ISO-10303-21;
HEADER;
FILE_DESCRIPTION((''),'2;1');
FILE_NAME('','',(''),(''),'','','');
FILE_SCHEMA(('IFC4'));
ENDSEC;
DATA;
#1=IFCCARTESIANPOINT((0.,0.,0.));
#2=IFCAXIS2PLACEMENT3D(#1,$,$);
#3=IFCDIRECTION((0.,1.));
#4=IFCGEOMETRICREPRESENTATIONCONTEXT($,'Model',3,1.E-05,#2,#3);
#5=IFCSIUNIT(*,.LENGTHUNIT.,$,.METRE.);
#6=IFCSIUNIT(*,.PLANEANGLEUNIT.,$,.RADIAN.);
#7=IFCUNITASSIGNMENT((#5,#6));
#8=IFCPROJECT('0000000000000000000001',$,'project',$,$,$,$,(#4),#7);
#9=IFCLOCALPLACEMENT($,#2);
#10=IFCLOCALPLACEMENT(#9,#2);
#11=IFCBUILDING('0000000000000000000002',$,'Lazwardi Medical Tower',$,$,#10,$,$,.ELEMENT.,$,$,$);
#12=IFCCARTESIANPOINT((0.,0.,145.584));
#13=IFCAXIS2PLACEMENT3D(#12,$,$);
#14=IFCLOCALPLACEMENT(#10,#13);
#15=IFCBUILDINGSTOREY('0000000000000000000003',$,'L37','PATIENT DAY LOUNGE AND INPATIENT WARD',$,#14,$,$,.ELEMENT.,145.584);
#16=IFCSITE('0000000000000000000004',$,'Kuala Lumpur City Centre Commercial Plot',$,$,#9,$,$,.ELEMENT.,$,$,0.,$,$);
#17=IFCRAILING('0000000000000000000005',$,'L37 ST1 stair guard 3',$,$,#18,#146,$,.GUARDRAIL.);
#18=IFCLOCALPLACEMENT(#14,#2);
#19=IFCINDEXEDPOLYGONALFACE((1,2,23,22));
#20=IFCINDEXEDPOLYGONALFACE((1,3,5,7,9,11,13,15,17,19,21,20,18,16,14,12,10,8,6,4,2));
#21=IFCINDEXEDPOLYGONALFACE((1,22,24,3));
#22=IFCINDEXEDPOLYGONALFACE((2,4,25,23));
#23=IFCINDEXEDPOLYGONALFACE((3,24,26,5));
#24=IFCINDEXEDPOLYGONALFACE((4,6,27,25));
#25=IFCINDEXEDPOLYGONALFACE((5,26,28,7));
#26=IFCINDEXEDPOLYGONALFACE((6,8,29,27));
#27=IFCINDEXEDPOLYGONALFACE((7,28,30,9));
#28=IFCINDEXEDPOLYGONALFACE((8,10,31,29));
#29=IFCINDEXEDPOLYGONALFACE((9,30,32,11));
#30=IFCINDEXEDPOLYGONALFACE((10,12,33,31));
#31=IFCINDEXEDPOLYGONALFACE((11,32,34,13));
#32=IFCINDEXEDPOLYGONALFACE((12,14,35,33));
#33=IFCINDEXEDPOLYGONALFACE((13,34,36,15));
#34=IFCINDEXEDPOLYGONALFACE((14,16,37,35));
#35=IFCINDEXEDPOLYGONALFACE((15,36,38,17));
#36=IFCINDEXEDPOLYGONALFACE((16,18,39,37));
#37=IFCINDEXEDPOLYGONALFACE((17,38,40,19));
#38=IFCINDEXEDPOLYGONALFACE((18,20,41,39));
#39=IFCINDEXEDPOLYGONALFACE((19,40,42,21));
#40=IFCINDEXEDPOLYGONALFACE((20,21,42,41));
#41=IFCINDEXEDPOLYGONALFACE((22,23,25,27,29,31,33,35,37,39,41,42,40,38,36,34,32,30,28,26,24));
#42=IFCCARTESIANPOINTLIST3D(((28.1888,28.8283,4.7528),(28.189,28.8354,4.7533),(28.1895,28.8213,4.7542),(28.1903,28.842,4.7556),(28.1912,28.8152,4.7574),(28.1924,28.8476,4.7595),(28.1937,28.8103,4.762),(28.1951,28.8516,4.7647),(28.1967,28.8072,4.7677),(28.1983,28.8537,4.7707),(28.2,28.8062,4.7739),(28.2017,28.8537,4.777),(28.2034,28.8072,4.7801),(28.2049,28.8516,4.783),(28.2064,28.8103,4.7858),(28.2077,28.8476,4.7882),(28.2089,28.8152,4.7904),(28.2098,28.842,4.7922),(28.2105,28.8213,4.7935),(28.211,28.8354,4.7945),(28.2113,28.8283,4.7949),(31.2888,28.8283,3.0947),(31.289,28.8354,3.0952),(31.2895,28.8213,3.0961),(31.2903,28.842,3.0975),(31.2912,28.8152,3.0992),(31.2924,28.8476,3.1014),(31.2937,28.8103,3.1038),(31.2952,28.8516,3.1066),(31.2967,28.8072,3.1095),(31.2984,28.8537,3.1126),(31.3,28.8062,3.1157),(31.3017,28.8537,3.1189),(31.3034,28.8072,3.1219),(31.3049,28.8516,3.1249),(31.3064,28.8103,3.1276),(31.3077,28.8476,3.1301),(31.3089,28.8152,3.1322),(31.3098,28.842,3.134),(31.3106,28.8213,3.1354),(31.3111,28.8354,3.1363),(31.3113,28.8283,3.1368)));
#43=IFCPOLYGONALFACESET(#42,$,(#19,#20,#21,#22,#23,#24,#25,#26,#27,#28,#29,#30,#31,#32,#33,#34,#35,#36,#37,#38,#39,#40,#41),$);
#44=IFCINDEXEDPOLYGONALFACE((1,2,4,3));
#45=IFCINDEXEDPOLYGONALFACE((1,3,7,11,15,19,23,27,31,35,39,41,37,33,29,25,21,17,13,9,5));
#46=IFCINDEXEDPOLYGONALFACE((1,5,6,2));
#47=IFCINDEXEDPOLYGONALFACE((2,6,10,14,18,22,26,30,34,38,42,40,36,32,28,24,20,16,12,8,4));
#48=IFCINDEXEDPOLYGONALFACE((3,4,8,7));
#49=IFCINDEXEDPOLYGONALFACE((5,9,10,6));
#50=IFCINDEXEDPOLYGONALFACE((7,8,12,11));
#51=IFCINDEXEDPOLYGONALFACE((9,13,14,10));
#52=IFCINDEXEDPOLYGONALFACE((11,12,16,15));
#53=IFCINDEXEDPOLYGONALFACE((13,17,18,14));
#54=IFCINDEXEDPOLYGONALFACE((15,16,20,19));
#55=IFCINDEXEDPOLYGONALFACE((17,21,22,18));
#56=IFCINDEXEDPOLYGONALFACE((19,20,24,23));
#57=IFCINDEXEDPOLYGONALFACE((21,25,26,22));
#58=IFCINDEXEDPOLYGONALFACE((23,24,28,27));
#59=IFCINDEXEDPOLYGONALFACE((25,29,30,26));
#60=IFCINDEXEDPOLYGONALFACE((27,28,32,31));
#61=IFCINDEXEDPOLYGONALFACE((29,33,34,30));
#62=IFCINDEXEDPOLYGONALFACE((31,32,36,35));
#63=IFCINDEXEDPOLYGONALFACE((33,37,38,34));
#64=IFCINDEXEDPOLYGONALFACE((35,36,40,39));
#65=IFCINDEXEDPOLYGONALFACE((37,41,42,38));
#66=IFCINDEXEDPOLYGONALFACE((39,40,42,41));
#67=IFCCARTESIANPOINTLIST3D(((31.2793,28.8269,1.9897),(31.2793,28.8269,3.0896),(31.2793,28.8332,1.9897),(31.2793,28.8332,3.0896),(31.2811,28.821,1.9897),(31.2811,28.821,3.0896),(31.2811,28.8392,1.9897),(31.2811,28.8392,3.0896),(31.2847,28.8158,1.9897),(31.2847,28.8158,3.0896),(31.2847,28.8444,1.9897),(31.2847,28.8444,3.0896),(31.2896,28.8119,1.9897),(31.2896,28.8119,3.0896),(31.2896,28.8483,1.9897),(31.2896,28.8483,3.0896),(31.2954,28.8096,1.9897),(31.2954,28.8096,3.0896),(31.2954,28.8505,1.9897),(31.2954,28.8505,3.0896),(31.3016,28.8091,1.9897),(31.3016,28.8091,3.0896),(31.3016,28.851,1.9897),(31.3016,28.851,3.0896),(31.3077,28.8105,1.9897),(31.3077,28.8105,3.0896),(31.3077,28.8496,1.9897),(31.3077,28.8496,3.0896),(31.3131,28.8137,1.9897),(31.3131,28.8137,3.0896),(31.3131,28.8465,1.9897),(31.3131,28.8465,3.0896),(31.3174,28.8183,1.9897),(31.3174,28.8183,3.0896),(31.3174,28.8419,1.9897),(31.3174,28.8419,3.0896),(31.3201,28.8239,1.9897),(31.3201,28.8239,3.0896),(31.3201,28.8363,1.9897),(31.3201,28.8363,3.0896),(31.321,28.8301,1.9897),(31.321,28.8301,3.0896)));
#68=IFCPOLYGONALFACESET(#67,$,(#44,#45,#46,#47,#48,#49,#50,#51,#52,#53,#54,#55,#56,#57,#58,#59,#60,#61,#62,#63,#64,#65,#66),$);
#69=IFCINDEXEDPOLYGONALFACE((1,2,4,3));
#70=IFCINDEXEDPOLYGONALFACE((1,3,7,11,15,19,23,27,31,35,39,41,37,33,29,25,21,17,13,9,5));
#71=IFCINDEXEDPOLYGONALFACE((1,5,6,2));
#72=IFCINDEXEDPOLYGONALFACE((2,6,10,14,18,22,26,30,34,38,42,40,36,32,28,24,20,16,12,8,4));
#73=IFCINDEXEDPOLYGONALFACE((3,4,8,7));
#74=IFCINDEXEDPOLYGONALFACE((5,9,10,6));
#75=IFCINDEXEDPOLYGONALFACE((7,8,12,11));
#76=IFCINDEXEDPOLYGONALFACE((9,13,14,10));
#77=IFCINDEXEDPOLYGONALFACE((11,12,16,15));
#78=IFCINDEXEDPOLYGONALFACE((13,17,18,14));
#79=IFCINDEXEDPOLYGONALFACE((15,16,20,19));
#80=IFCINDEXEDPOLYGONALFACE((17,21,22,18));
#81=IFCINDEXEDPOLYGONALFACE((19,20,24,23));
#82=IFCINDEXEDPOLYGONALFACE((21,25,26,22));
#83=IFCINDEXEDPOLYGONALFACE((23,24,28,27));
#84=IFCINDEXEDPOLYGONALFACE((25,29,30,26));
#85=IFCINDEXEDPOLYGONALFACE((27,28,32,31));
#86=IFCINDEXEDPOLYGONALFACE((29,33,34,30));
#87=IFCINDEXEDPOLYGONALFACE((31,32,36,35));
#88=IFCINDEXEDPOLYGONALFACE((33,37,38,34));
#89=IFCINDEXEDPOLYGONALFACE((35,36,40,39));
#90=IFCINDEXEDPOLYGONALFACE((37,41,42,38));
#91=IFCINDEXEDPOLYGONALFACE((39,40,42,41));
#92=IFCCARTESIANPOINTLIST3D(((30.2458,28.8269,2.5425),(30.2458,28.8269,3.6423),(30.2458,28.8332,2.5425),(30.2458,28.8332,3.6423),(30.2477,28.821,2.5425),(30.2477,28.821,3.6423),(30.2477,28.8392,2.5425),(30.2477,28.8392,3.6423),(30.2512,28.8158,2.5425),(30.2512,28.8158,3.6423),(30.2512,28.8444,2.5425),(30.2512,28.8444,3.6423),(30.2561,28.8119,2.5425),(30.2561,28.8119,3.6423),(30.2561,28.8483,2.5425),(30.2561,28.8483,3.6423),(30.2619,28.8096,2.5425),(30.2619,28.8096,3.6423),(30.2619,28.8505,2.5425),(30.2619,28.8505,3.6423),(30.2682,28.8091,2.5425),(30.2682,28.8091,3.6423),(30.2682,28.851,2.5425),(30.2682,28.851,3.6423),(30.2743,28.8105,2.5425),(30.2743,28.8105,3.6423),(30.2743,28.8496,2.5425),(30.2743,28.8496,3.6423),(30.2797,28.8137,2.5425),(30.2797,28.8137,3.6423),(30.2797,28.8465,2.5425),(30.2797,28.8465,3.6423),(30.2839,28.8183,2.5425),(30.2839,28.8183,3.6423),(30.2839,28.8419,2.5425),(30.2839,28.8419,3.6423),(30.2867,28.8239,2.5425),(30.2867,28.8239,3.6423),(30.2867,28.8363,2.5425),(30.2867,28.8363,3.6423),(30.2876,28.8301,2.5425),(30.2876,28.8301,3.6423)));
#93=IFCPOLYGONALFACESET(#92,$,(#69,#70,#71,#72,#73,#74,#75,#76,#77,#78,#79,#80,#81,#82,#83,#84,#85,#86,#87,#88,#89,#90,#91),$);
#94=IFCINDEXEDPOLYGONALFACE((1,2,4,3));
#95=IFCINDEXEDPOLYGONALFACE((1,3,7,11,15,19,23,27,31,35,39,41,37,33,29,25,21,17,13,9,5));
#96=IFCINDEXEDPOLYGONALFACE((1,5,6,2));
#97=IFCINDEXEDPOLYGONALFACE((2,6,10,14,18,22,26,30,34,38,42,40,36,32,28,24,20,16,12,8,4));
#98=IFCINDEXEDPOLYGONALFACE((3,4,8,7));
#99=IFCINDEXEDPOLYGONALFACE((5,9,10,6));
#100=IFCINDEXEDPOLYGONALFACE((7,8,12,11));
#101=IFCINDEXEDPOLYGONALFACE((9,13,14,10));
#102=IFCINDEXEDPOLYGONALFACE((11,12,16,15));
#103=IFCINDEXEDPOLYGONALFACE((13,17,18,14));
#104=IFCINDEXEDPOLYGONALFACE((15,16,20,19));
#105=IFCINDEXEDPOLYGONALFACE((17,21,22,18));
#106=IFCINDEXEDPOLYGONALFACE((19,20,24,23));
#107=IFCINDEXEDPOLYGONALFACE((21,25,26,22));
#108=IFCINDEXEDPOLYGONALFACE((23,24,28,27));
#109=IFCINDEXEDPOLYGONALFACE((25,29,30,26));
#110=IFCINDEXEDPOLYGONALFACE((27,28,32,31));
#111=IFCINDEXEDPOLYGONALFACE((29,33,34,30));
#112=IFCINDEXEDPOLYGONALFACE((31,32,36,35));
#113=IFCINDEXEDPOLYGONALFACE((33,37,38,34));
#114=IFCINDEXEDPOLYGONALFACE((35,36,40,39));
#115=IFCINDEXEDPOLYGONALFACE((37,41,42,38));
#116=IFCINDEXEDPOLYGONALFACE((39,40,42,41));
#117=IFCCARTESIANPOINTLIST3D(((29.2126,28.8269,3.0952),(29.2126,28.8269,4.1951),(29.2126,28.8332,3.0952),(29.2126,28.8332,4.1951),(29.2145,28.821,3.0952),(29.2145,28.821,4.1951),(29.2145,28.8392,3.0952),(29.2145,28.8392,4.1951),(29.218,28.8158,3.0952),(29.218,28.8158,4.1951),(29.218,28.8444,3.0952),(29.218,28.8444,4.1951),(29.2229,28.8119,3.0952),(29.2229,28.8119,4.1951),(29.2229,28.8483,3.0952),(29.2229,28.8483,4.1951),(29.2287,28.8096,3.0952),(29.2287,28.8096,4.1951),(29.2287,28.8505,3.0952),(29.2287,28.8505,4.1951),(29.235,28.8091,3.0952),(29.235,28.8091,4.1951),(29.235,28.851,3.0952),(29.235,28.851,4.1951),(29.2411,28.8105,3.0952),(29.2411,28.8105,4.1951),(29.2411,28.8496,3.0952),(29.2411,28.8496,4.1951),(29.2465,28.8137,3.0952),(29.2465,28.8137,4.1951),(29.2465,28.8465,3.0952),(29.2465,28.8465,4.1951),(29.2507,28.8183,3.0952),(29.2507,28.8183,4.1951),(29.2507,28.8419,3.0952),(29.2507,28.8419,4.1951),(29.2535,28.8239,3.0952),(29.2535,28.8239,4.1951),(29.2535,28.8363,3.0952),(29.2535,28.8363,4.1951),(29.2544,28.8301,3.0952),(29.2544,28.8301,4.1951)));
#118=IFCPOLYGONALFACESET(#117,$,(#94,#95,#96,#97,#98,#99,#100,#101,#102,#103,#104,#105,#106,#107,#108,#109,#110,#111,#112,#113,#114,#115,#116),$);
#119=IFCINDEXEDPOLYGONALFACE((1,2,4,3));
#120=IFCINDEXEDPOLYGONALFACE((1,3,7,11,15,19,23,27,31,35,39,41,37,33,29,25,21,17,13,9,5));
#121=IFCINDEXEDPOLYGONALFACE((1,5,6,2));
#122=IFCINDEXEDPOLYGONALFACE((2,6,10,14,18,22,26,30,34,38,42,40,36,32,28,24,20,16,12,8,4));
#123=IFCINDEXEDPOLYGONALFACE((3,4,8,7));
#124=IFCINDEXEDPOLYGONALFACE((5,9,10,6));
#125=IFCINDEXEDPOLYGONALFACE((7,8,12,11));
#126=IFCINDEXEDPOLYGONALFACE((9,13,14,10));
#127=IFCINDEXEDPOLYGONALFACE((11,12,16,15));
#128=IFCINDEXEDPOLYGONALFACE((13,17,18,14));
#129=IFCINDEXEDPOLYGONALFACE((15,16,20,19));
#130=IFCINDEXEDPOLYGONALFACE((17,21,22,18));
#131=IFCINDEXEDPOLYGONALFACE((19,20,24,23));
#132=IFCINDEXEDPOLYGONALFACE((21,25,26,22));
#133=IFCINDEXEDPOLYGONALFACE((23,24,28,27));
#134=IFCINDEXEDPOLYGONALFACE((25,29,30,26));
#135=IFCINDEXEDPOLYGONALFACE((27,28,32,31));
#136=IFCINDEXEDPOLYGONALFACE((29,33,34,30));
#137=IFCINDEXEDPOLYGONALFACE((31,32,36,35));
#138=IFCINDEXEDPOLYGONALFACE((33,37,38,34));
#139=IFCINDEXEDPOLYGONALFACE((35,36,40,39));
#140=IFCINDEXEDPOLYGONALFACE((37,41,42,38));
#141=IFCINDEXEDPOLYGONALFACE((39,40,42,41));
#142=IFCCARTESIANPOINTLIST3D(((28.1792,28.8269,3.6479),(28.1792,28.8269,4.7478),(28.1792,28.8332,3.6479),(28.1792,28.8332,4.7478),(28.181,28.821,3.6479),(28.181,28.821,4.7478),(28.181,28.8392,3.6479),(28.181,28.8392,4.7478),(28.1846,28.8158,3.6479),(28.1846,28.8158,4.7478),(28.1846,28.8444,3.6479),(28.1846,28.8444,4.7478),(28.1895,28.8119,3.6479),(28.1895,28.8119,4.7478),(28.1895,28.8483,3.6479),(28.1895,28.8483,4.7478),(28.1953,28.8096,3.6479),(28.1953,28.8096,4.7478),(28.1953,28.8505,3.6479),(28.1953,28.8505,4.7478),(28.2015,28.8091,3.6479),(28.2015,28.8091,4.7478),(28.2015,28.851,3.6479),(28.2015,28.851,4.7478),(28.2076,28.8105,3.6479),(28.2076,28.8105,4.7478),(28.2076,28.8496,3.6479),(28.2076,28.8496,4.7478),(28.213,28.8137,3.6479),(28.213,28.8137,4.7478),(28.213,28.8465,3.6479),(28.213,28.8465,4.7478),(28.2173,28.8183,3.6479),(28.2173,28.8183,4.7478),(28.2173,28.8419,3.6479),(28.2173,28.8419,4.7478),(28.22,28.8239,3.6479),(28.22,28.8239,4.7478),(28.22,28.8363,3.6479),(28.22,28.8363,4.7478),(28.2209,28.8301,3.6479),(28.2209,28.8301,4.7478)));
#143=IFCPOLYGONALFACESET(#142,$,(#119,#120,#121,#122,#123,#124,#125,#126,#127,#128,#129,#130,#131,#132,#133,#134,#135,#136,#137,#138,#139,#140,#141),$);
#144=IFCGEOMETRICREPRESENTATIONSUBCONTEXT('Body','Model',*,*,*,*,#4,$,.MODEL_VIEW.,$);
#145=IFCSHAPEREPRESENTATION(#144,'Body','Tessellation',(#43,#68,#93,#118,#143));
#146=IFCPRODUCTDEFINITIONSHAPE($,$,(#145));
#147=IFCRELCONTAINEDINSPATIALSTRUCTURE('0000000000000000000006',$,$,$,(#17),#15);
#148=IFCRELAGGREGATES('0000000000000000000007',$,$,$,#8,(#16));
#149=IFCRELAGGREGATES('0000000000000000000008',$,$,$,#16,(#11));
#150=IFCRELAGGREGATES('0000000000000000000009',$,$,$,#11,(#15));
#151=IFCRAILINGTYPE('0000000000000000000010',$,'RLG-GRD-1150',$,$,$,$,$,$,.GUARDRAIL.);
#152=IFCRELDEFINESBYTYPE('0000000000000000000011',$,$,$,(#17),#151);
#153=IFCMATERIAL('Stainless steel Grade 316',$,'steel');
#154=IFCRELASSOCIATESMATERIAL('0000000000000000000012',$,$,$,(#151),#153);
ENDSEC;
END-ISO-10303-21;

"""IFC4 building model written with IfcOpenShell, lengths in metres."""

from ifc_helpers import new_model, si_unit, direction, frame, origin, origin_2d, place, context, subcontext, project, spatial, circle, extrude, material, type_object, element, save


model = new_model("IFC4")

# Units and contexts
model_context = context("Model", 3, precision=1e-05, world=origin(), true_north=direction((0.0, 1.0)))
body_context = subcontext(model_context, "Body", "Model", "MODEL_VIEW")
ifc_project = project(units=[si_unit("LENGTHUNIT", "METRE"), si_unit("PLANEANGLEUNIT", "RADIAN")], contexts=[model_context])

# Site, building, storey
site_placement = place(None, origin())
site = spatial("IfcSite", under=ifc_project, at=site_placement, Name="Kuala Lumpur City Centre Commercial Plot", CompositionType="ELEMENT", RefElevation=0.0)
building_placement = place(site_placement, origin())
building = spatial("IfcBuilding", under=site, at=building_placement, Name="Lazwardi Medical Tower", CompositionType="ELEMENT")
storey_placement = place(building_placement, frame((0.0, 0.0, 145.584)))
storey = spatial("IfcBuildingStorey", under=building, at=storey_placement, Name="L37", Description="PATIENT DAY LOUNGE AND INPATIENT WARD", CompositionType="ELEMENT", Elevation=145.584)

# Railing
ifc_material_1 = material(Name="Stainless steel Grade 316", Category="steel")
railing_type_1 = type_object("IfcRailingType", Name="RLG-GRD-1150", PredefinedType="GUARDRAIL", material=ifc_material_1)
railing_1_placement = place(storey_placement, frame((31.3, 28.8301, 1.9897)))
element("IfcRailing", 1, at=railing_1_placement, inside=storey, type_object=railing_type_1, Name="L37 ST1 stair guard 3", PredefinedType="GUARDRAIL", context=body_context, shape_type="SweptSolid", body=[
    extrude(circle(Radius=0.0239, at=origin_2d()), frame((0.0, 0.0, 1.126), z_axis=(-0.881783, 0.0, 0.471655), x_axis=(0.0, -1.0, 0.0)), (0.0, 0.0, 1.0), 3.5156),
    extrude(circle(Radius=0.021, at=origin_2d()), origin(), (0.0, 0.0, 1.0), 1.0999),
    extrude(circle(Radius=0.021, at=origin_2d()), frame((-1.0334, 0.0, 0.5527)), (0.0, 0.0, 1.0), 1.0999),
    extrude(circle(Radius=0.021, at=origin_2d()), frame((-2.0667, 0.0, 1.1055)), (0.0, 0.0, 1.0), 1.0999),
    extrude(circle(Radius=0.021, at=origin_2d()), frame((-3.1001, 0.0, 1.6582)), (0.0, 0.0, 1.0), 1.0999),
])

save(model, "model.ifc")
